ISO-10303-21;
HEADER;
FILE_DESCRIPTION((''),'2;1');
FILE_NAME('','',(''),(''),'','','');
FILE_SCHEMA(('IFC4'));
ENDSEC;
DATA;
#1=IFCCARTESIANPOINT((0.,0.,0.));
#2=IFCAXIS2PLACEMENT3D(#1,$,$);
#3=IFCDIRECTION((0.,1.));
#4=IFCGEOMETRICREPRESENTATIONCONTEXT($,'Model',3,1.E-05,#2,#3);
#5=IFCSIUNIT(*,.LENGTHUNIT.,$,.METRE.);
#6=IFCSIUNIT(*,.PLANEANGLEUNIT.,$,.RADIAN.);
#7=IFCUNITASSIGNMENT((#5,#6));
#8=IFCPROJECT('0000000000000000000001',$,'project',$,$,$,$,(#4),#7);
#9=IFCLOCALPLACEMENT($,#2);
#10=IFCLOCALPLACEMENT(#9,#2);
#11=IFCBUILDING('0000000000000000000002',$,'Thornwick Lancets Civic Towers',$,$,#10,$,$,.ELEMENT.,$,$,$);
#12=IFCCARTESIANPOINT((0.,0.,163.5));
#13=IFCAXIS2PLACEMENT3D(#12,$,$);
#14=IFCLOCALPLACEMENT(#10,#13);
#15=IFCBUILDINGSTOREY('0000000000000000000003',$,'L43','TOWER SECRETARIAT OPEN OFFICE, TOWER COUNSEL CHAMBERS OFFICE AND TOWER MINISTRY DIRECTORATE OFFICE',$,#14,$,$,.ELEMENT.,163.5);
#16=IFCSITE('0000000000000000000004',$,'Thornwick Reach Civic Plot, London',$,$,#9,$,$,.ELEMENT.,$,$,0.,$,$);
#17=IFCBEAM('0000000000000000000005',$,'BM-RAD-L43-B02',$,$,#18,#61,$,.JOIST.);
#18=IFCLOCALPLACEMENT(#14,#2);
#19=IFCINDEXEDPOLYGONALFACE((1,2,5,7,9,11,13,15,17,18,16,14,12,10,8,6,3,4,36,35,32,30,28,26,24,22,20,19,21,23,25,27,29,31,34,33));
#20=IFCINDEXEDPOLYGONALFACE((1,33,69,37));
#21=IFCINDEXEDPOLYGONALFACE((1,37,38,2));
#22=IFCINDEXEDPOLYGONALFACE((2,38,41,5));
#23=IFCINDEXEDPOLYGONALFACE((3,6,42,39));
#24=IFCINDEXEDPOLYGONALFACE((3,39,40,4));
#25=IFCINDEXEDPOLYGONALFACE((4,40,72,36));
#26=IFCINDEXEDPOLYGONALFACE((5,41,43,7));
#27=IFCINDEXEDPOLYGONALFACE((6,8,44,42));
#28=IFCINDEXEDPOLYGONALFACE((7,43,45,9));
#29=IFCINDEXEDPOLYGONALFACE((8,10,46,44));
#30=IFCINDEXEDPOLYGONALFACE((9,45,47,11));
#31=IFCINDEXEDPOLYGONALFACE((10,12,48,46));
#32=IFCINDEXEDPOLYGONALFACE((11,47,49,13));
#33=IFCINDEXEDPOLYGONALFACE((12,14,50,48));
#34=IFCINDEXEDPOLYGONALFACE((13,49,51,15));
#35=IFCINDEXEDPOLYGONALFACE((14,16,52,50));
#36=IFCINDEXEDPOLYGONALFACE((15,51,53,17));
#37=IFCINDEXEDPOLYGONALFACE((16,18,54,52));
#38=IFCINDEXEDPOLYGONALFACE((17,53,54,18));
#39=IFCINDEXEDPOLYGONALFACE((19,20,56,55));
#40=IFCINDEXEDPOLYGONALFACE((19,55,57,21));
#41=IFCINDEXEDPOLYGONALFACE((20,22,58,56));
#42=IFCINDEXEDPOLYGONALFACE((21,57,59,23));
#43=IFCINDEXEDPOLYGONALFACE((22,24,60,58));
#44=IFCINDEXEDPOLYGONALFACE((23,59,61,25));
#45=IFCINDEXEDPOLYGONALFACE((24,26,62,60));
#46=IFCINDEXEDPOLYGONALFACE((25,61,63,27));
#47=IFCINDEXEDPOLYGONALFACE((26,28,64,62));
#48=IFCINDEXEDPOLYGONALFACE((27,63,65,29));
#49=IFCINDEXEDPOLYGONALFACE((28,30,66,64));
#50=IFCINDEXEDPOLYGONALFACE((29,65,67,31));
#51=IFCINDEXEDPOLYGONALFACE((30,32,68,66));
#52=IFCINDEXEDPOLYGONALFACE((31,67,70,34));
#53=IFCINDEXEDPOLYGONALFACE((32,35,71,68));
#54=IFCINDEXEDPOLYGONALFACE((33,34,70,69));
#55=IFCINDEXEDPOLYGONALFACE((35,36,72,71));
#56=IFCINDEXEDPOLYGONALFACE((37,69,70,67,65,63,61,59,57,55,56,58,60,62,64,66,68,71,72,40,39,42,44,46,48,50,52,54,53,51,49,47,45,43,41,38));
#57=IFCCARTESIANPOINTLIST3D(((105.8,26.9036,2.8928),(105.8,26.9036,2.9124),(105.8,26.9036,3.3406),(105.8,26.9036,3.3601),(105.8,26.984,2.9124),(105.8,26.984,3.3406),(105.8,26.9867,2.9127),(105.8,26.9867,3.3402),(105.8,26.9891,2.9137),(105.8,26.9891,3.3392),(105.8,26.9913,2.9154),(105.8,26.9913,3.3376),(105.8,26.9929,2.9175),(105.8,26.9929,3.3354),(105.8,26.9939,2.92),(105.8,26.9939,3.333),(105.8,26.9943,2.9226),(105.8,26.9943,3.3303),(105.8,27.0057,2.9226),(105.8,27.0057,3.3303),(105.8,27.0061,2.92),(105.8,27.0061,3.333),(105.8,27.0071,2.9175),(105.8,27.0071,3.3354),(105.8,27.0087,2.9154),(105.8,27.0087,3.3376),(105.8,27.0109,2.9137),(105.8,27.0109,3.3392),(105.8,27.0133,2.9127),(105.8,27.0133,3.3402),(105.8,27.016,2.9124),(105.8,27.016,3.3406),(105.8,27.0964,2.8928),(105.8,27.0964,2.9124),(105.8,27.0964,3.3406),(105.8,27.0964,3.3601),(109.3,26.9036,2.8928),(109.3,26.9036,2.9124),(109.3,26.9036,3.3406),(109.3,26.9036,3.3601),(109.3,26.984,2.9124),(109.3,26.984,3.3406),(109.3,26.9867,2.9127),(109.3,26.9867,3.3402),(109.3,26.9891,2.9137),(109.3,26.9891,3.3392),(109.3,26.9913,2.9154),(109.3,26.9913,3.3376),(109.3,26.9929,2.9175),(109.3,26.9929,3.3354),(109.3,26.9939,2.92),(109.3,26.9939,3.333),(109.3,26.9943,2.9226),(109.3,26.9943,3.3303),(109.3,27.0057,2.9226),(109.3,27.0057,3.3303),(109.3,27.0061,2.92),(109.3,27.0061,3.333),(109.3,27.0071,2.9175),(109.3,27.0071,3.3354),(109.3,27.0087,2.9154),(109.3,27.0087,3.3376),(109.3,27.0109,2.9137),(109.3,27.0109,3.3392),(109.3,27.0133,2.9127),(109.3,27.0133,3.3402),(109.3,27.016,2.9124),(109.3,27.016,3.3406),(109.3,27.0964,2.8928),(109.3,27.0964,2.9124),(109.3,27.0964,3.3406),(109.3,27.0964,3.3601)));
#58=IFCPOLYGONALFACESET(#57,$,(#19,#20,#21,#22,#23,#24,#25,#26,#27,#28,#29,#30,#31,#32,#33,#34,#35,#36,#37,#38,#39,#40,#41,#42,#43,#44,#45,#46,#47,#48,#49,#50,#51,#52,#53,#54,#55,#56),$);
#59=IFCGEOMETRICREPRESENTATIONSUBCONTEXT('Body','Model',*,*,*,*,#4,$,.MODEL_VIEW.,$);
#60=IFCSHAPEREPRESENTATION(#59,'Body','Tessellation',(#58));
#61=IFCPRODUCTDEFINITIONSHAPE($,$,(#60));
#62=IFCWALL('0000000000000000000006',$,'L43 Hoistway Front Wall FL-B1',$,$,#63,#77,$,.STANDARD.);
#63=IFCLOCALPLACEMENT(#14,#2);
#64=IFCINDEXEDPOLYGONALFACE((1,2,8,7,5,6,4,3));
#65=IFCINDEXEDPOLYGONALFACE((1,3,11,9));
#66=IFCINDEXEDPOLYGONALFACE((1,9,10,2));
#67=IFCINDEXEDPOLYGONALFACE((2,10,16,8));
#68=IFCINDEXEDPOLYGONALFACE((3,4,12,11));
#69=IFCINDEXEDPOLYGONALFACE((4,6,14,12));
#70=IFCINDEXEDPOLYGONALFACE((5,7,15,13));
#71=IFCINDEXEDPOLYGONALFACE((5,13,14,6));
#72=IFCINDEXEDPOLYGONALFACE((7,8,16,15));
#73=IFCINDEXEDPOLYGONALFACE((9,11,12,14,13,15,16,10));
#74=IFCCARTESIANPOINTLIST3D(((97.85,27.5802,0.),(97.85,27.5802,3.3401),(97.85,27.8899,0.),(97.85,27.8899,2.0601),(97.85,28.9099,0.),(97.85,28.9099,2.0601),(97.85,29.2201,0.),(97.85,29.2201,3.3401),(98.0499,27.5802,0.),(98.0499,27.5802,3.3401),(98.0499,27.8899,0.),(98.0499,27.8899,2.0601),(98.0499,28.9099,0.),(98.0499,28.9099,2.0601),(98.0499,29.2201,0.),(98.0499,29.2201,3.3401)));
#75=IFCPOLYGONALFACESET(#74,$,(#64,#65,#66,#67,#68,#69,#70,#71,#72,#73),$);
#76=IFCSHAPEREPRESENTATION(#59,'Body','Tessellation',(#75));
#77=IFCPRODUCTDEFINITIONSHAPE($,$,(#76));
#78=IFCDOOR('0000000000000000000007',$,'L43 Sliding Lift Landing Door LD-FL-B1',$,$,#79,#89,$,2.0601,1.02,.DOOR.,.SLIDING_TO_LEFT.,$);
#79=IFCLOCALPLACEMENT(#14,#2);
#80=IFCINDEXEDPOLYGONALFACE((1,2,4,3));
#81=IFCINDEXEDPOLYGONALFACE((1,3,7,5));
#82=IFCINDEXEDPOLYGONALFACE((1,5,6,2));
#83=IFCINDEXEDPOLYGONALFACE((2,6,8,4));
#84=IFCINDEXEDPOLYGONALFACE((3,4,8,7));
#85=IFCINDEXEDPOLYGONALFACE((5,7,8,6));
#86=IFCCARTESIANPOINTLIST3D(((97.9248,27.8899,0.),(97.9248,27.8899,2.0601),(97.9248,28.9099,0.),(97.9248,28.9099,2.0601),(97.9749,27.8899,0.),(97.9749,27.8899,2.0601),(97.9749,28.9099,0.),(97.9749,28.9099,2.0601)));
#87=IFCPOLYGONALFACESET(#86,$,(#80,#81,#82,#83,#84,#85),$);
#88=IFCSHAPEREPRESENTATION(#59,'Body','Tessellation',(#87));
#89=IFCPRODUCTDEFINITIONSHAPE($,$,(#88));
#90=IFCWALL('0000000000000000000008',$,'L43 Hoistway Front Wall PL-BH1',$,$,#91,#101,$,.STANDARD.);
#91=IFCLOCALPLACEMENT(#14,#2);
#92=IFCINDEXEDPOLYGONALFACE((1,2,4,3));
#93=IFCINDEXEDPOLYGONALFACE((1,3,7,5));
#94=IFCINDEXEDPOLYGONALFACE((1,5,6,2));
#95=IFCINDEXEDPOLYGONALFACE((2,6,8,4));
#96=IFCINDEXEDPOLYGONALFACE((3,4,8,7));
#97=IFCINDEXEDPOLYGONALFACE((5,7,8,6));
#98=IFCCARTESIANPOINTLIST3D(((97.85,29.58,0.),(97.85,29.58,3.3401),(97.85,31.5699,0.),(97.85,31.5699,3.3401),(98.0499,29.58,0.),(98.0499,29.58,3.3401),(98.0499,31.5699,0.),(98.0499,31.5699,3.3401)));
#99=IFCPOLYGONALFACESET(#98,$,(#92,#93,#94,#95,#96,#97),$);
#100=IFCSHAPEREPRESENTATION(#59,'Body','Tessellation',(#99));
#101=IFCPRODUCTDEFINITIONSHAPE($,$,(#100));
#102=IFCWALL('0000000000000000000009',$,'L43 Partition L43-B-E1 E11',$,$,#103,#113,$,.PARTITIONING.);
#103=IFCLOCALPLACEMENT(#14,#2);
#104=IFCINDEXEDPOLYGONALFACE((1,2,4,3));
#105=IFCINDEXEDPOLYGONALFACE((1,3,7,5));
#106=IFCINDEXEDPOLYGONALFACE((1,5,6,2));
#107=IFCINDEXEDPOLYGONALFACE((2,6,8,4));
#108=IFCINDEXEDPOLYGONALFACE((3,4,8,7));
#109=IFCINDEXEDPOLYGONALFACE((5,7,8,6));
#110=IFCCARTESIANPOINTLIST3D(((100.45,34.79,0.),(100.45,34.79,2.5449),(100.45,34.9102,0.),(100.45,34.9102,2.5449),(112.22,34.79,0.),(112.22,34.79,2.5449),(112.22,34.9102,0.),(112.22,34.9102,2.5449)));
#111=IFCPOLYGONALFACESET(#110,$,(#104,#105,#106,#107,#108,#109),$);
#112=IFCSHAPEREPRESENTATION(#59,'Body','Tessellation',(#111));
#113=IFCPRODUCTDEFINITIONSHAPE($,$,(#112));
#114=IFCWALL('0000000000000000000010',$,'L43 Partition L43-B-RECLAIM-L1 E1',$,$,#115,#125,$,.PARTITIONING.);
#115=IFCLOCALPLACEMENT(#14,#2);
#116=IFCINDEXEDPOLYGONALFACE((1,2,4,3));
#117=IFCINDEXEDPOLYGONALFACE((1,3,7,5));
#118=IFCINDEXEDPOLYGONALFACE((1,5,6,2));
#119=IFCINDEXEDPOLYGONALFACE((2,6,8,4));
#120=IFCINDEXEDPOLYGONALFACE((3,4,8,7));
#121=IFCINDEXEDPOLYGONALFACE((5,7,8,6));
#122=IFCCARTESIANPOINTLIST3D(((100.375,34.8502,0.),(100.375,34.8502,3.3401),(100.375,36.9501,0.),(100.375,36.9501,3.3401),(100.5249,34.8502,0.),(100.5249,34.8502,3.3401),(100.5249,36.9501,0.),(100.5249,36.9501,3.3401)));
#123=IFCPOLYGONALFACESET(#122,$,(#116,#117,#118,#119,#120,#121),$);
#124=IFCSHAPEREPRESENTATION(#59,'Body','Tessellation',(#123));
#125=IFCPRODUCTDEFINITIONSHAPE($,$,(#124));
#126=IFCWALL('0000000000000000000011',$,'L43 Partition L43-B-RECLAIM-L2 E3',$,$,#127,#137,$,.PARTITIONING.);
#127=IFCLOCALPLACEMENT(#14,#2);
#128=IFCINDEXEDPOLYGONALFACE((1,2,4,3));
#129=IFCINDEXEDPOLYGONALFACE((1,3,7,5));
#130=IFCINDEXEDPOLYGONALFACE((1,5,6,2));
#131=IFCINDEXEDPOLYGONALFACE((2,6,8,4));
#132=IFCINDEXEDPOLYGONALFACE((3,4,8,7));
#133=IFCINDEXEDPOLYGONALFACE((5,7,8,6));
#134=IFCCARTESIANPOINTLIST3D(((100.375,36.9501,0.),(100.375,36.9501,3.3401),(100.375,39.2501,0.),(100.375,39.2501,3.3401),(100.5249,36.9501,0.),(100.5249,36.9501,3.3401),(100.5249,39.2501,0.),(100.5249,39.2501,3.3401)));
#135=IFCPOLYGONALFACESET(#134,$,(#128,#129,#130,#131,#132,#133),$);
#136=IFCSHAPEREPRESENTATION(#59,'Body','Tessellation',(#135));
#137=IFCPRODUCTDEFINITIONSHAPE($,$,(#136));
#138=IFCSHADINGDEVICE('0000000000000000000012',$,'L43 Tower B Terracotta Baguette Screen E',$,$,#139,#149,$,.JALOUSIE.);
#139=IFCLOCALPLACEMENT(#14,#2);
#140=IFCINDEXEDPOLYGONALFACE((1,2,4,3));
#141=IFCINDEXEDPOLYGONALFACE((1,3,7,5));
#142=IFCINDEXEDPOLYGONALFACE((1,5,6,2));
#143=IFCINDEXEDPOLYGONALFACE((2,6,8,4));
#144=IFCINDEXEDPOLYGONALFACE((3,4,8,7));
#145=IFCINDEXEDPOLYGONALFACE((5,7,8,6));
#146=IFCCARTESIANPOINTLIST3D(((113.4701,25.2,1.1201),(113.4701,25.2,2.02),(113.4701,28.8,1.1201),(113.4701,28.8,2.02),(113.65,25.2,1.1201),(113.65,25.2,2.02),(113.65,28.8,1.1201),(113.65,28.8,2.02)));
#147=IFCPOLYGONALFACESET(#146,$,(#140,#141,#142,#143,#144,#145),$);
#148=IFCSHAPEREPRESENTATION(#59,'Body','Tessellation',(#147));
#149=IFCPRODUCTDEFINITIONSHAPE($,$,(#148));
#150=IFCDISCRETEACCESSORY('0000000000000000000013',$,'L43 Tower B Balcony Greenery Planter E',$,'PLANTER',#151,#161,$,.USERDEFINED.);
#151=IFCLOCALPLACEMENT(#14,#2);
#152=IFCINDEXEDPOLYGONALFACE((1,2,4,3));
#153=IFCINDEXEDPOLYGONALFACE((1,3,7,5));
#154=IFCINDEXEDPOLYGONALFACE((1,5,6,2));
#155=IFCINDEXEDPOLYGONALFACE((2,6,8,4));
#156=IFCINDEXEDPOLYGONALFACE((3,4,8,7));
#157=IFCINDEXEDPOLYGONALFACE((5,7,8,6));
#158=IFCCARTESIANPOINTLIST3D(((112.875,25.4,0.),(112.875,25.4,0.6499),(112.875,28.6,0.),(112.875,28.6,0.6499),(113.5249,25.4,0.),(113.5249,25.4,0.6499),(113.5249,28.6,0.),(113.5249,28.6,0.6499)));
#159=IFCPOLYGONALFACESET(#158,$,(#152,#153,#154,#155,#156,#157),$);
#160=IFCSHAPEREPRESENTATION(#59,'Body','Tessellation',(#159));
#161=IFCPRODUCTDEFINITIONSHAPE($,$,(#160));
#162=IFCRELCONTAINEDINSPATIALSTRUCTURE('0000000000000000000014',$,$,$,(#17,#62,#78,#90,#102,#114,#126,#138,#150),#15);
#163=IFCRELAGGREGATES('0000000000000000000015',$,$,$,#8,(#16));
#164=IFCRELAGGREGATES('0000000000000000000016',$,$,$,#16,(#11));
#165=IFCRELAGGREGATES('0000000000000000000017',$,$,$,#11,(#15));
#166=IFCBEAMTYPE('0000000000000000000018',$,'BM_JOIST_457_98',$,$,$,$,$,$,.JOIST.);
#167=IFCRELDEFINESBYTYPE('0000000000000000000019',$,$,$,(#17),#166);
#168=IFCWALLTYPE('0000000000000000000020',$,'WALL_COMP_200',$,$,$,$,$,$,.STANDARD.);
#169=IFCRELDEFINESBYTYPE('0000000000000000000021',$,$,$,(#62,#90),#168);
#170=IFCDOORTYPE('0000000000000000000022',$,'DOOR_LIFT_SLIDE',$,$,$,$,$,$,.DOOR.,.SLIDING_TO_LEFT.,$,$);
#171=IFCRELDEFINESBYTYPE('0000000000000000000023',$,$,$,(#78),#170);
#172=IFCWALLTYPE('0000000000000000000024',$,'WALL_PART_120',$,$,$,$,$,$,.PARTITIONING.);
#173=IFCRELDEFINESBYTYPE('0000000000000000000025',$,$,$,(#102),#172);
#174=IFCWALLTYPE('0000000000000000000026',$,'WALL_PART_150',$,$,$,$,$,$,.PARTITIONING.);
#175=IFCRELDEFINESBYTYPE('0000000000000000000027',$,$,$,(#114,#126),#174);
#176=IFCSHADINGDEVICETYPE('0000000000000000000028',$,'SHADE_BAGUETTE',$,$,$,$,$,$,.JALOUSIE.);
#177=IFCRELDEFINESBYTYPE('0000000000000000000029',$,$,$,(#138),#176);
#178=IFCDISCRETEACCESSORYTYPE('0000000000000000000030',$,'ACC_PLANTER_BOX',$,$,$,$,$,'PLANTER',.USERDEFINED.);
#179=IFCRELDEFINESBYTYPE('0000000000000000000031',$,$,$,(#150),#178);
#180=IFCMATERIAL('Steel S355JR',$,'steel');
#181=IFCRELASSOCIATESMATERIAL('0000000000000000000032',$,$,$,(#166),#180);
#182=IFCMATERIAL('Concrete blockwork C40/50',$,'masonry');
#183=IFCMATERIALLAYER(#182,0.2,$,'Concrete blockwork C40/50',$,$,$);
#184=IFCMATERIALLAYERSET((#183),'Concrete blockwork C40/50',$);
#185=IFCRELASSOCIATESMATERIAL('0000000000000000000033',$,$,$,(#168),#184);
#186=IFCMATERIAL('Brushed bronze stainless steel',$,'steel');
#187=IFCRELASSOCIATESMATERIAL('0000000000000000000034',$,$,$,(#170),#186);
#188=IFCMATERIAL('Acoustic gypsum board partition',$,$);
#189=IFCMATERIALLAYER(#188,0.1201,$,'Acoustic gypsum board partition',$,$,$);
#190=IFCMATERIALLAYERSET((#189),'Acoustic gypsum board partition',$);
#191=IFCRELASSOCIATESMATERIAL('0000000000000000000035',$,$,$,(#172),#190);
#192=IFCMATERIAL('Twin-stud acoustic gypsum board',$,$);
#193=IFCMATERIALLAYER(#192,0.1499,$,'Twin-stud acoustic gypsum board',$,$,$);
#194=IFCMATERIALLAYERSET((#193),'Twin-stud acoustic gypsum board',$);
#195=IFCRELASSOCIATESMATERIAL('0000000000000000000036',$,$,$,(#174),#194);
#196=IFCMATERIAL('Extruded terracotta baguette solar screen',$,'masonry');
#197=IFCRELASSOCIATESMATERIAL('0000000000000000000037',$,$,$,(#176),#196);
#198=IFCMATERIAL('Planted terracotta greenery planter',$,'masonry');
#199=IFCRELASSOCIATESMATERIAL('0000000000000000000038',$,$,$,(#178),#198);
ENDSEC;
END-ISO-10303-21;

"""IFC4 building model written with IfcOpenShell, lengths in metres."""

from ifc_helpers import new_model, si_unit, direction, frame, frame_2d, origin, origin_2d, place, context, subcontext, project, spatial, rectangle, i_section, extrude, material, layer, layer_set, material_profile, profile_set, type_object, element, fill, save


model = new_model("IFC4")

# Units and contexts
model_context = context("Model", 3, precision=1e-05, world=origin(), true_north=direction((0.0, 1.0)))
body_context = subcontext(model_context, "Body", "Model", "MODEL_VIEW")
ifc_project = project(units=[si_unit("LENGTHUNIT", "METRE"), si_unit("PLANEANGLEUNIT", "RADIAN")], contexts=[model_context])

# Site, building, storey
site_placement = place(None, origin())
site = spatial("IfcSite", under=ifc_project, at=site_placement, Name="Thornwick Reach Civic Plot, London", CompositionType="ELEMENT", RefElevation=0.0)
building_placement = place(site_placement, origin())
building = spatial("IfcBuilding", under=site, at=building_placement, Name="Thornwick Lancets Civic Towers", CompositionType="ELEMENT")
storey_placement = place(building_placement, frame((0.0, 0.0, 163.5)))
storey = spatial("IfcBuildingStorey", under=building, at=storey_placement, Name="L43", Description="TOWER SECRETARIAT OPEN OFFICE, TOWER COUNSEL CHAMBERS OFFICE AND TOWER MINISTRY DIRECTORATE OFFICE", CompositionType="ELEMENT", Elevation=163.5)

# Beam
ifc_material_1 = material(Name="Steel S355JR", Category="steel")
ifc_material_profile_1 = material_profile(ifc_material_1, i_section(OverallWidth=0.1929, OverallDepth=0.4673, WebThickness=0.0115, FlangeThickness=0.0195, FilletRadius=0.0103, at=origin_2d()), Name="UKB 457x191x98")
ifc_profile_set_1 = profile_set([ifc_material_profile_1], Name="Steel S355JR")
beam_type_1 = type_object("IfcBeamType", Name="BM_JOIST_457_98", PredefinedType="JOIST", material=ifc_profile_set_1)
beam_1_placement = place(storey_placement, frame((105.8, 27.0, 3.1265), z_axis=(1.0, 0.0, 0.0), x_axis=(0.0, 1.0, 0.0)))
element("IfcBeam", 1, at=beam_1_placement, inside=storey, type_object=beam_type_1, Name="BM-RAD-L43-B02", PredefinedType="JOIST", context=body_context, shape_type="SweptSolid", body=[
    extrude(i_section(OverallWidth=0.1929, OverallDepth=0.4673, WebThickness=0.0115, FlangeThickness=0.0195, FilletRadius=0.0103, at=origin_2d()), origin(), (0.0, 0.0, 1.0), 3.5),
])

# Wall, opening, door
ifc_material_2 = material(Name="Concrete blockwork C40/50", Category="masonry")
ifc_layer_1 = layer(ifc_material_2, 0.2, Name="Concrete blockwork C40/50")
ifc_layer_set_1 = layer_set([ifc_layer_1], Name="Concrete blockwork C40/50")
wall_type_1 = type_object("IfcWallType", Name="WALL_COMP_200", PredefinedType="STANDARD", material=ifc_layer_set_1)
wall_1_placement = place(storey_placement, frame((97.95, 29.22, 0.0), z_axis=(0.0, 0.0, 1.0), x_axis=(0.0, -1.0, 0.0)))
wall_1 = element("IfcWall", 2, at=wall_1_placement, inside=storey, type_object=wall_type_1, Name="L43 Hoistway Front Wall FL-B1", PredefinedType="STANDARD", context=body_context, shape_type="SweptSolid", body=[
    extrude(rectangle(XDim=1.6399, YDim=0.2, at=frame_2d((0.8198, 0.0))), origin(), (0.0, 0.0, 1.0), 3.3401),
])
opening_placement = place(wall_1_placement, frame((0.3101, 0.0, 0.0)))
opening = element("IfcOpeningElement", 3, at=opening_placement, cuts=wall_1, PredefinedType="OPENING", context=body_context, shape_type="SweptSolid", body=[
    extrude(rectangle(XDim=1.02, YDim=2.0601, at=frame_2d((0.51, 1.03))), frame((0.0, 0.1099, 0.0), z_axis=(0.0, -1.0, 0.0), x_axis=(1.0, 0.0, 0.0)), (0.0, 0.0, 1.0), 0.22),
])
ifc_material_3 = material(Name="Brushed bronze stainless steel", Category="steel")
door_type = type_object("IfcDoorType", Name="DOOR_LIFT_SLIDE", OperationType="SLIDING_TO_LEFT", PredefinedType="DOOR", material=ifc_material_3)
door_placement = place(opening_placement, origin())
door = element("IfcDoor", 4, at=door_placement, inside=storey, type_object=door_type, Name="L43 Sliding Lift Landing Door LD-FL-B1", OperationType="SLIDING_TO_LEFT", OverallHeight=2.0601, OverallWidth=1.02, PredefinedType="DOOR", context=body_context, shape_type="SweptSolid", body=[
    extrude(rectangle(XDim=1.02, YDim=2.0601, at=frame_2d((0.51, 1.03))), frame((0.0, 0.0249, 0.0), z_axis=(0.0, -1.0, 0.0), x_axis=(1.0, 0.0, 0.0)), (0.0, 0.0, 1.0), 0.05),
])
fill(opening, door)

# Walls
wall_2_placement = place(storey_placement, frame((97.95, 31.5701, 0.0), z_axis=(0.0, 0.0, 1.0), x_axis=(0.0, -1.0, 0.0)))
element("IfcWall", 5, at=wall_2_placement, inside=storey, type_object=wall_type_1, Name="L43 Hoistway Front Wall PL-BH1", PredefinedType="STANDARD", context=body_context, shape_type="SweptSolid", body=[
    extrude(rectangle(XDim=1.99, YDim=0.2, at=frame_2d((0.9951, 0.0))), origin(), (0.0, 0.0, 1.0), 3.3401),
])
ifc_material_4 = material(Name="Acoustic gypsum board partition")
ifc_layer_2 = layer(ifc_material_4, 0.1201, Name="Acoustic gypsum board partition")
ifc_layer_set_2 = layer_set([ifc_layer_2], Name="Acoustic gypsum board partition")
wall_type_2 = type_object("IfcWallType", Name="WALL_PART_120", PredefinedType="PARTITIONING", material=ifc_layer_set_2)
wall_3_placement = place(storey_placement, frame((112.22, 34.8501, 0.0), z_axis=(0.0, 0.0, 1.0), x_axis=(-1.0, 0.0, 0.0)))
element("IfcWall", 6, at=wall_3_placement, inside=storey, type_object=wall_type_2, Name="L43 Partition L43-B-E1 E11", PredefinedType="PARTITIONING", context=body_context, shape_type="SweptSolid", body=[
    extrude(rectangle(XDim=11.77, YDim=0.1201, at=frame_2d((5.885, 0.0))), origin(), (0.0, 0.0, 1.0), 2.5449),
])
ifc_material_5 = material(Name="Twin-stud acoustic gypsum board")
ifc_layer_3 = layer(ifc_material_5, 0.1499, Name="Twin-stud acoustic gypsum board")
ifc_layer_set_3 = layer_set([ifc_layer_3], Name="Twin-stud acoustic gypsum board")
wall_type_3 = type_object("IfcWallType", Name="WALL_PART_150", PredefinedType="PARTITIONING", material=ifc_layer_set_3)
wall_4_placement = place(storey_placement, frame((100.45, 36.95, 0.0), z_axis=(0.0, 0.0, 1.0), x_axis=(0.0, -1.0, 0.0)))
element("IfcWall", 7, at=wall_4_placement, inside=storey, type_object=wall_type_3, Name="L43 Partition L43-B-RECLAIM-L1 E1", PredefinedType="PARTITIONING", context=body_context, shape_type="SweptSolid", body=[
    extrude(rectangle(XDim=2.0999, YDim=0.1499, at=frame_2d((1.0498, 0.0))), origin(), (0.0, 0.0, 1.0), 3.3401),
])
wall_5_placement = place(storey_placement, frame((100.45, 39.25, 0.0), z_axis=(0.0, 0.0, 1.0), x_axis=(0.0, -1.0, 0.0)))
element("IfcWall", 8, at=wall_5_placement, inside=storey, type_object=wall_type_3, Name="L43 Partition L43-B-RECLAIM-L2 E3", PredefinedType="PARTITIONING", context=body_context, shape_type="SweptSolid", body=[
    extrude(rectangle(XDim=2.3, YDim=0.1499, at=frame_2d((1.1499, 0.0))), origin(), (0.0, 0.0, 1.0), 3.3401),
])

# Shading device
ifc_material_6 = material(Name="Extruded terracotta baguette solar screen", Category="masonry")
shading_device_type = type_object("IfcShadingDeviceType", Name="SHADE_BAGUETTE", PredefinedType="JALOUSIE", material=ifc_material_6)
shading_device_placement = place(storey_placement, frame((113.5601, 27.0, 1.1201), z_axis=(0.0, 0.0, 1.0), x_axis=(0.0, 1.0, 0.0)))
element("IfcShadingDevice", 9, at=shading_device_placement, inside=storey, type_object=shading_device_type, Name="L43 Tower B Terracotta Baguette Screen E", PredefinedType="JALOUSIE", context=body_context, shape_type="SweptSolid", body=[
    extrude(rectangle(XDim=3.6001, YDim=0.1799, at=origin_2d()), origin(), (0.0, 0.0, 1.0), 0.8999),
])

# Discrete accessory
ifc_material_7 = material(Name="Planted terracotta greenery planter", Category="masonry")
discrete_accessory_type = type_object("IfcDiscreteAccessoryType", Name="ACC_PLANTER_BOX", ElementType="PLANTER", PredefinedType="USERDEFINED", material=ifc_material_7)
discrete_accessory_placement = place(storey_placement, frame((113.2, 27.0, 0.0), z_axis=(0.0, 0.0, 1.0), x_axis=(1.0, 0.0, 0.0)))
element("IfcDiscreteAccessory", 10, at=discrete_accessory_placement, inside=storey, type_object=discrete_accessory_type, Name="L43 Tower B Balcony Greenery Planter E", ObjectType="PLANTER", PredefinedType="USERDEFINED", context=body_context, shape_type="SweptSolid", body=[
    extrude(rectangle(XDim=0.6499, YDim=3.2, at=origin_2d()), origin(), (0.0, 0.0, 1.0), 0.6499),
])

save(model, "model.ifc")
